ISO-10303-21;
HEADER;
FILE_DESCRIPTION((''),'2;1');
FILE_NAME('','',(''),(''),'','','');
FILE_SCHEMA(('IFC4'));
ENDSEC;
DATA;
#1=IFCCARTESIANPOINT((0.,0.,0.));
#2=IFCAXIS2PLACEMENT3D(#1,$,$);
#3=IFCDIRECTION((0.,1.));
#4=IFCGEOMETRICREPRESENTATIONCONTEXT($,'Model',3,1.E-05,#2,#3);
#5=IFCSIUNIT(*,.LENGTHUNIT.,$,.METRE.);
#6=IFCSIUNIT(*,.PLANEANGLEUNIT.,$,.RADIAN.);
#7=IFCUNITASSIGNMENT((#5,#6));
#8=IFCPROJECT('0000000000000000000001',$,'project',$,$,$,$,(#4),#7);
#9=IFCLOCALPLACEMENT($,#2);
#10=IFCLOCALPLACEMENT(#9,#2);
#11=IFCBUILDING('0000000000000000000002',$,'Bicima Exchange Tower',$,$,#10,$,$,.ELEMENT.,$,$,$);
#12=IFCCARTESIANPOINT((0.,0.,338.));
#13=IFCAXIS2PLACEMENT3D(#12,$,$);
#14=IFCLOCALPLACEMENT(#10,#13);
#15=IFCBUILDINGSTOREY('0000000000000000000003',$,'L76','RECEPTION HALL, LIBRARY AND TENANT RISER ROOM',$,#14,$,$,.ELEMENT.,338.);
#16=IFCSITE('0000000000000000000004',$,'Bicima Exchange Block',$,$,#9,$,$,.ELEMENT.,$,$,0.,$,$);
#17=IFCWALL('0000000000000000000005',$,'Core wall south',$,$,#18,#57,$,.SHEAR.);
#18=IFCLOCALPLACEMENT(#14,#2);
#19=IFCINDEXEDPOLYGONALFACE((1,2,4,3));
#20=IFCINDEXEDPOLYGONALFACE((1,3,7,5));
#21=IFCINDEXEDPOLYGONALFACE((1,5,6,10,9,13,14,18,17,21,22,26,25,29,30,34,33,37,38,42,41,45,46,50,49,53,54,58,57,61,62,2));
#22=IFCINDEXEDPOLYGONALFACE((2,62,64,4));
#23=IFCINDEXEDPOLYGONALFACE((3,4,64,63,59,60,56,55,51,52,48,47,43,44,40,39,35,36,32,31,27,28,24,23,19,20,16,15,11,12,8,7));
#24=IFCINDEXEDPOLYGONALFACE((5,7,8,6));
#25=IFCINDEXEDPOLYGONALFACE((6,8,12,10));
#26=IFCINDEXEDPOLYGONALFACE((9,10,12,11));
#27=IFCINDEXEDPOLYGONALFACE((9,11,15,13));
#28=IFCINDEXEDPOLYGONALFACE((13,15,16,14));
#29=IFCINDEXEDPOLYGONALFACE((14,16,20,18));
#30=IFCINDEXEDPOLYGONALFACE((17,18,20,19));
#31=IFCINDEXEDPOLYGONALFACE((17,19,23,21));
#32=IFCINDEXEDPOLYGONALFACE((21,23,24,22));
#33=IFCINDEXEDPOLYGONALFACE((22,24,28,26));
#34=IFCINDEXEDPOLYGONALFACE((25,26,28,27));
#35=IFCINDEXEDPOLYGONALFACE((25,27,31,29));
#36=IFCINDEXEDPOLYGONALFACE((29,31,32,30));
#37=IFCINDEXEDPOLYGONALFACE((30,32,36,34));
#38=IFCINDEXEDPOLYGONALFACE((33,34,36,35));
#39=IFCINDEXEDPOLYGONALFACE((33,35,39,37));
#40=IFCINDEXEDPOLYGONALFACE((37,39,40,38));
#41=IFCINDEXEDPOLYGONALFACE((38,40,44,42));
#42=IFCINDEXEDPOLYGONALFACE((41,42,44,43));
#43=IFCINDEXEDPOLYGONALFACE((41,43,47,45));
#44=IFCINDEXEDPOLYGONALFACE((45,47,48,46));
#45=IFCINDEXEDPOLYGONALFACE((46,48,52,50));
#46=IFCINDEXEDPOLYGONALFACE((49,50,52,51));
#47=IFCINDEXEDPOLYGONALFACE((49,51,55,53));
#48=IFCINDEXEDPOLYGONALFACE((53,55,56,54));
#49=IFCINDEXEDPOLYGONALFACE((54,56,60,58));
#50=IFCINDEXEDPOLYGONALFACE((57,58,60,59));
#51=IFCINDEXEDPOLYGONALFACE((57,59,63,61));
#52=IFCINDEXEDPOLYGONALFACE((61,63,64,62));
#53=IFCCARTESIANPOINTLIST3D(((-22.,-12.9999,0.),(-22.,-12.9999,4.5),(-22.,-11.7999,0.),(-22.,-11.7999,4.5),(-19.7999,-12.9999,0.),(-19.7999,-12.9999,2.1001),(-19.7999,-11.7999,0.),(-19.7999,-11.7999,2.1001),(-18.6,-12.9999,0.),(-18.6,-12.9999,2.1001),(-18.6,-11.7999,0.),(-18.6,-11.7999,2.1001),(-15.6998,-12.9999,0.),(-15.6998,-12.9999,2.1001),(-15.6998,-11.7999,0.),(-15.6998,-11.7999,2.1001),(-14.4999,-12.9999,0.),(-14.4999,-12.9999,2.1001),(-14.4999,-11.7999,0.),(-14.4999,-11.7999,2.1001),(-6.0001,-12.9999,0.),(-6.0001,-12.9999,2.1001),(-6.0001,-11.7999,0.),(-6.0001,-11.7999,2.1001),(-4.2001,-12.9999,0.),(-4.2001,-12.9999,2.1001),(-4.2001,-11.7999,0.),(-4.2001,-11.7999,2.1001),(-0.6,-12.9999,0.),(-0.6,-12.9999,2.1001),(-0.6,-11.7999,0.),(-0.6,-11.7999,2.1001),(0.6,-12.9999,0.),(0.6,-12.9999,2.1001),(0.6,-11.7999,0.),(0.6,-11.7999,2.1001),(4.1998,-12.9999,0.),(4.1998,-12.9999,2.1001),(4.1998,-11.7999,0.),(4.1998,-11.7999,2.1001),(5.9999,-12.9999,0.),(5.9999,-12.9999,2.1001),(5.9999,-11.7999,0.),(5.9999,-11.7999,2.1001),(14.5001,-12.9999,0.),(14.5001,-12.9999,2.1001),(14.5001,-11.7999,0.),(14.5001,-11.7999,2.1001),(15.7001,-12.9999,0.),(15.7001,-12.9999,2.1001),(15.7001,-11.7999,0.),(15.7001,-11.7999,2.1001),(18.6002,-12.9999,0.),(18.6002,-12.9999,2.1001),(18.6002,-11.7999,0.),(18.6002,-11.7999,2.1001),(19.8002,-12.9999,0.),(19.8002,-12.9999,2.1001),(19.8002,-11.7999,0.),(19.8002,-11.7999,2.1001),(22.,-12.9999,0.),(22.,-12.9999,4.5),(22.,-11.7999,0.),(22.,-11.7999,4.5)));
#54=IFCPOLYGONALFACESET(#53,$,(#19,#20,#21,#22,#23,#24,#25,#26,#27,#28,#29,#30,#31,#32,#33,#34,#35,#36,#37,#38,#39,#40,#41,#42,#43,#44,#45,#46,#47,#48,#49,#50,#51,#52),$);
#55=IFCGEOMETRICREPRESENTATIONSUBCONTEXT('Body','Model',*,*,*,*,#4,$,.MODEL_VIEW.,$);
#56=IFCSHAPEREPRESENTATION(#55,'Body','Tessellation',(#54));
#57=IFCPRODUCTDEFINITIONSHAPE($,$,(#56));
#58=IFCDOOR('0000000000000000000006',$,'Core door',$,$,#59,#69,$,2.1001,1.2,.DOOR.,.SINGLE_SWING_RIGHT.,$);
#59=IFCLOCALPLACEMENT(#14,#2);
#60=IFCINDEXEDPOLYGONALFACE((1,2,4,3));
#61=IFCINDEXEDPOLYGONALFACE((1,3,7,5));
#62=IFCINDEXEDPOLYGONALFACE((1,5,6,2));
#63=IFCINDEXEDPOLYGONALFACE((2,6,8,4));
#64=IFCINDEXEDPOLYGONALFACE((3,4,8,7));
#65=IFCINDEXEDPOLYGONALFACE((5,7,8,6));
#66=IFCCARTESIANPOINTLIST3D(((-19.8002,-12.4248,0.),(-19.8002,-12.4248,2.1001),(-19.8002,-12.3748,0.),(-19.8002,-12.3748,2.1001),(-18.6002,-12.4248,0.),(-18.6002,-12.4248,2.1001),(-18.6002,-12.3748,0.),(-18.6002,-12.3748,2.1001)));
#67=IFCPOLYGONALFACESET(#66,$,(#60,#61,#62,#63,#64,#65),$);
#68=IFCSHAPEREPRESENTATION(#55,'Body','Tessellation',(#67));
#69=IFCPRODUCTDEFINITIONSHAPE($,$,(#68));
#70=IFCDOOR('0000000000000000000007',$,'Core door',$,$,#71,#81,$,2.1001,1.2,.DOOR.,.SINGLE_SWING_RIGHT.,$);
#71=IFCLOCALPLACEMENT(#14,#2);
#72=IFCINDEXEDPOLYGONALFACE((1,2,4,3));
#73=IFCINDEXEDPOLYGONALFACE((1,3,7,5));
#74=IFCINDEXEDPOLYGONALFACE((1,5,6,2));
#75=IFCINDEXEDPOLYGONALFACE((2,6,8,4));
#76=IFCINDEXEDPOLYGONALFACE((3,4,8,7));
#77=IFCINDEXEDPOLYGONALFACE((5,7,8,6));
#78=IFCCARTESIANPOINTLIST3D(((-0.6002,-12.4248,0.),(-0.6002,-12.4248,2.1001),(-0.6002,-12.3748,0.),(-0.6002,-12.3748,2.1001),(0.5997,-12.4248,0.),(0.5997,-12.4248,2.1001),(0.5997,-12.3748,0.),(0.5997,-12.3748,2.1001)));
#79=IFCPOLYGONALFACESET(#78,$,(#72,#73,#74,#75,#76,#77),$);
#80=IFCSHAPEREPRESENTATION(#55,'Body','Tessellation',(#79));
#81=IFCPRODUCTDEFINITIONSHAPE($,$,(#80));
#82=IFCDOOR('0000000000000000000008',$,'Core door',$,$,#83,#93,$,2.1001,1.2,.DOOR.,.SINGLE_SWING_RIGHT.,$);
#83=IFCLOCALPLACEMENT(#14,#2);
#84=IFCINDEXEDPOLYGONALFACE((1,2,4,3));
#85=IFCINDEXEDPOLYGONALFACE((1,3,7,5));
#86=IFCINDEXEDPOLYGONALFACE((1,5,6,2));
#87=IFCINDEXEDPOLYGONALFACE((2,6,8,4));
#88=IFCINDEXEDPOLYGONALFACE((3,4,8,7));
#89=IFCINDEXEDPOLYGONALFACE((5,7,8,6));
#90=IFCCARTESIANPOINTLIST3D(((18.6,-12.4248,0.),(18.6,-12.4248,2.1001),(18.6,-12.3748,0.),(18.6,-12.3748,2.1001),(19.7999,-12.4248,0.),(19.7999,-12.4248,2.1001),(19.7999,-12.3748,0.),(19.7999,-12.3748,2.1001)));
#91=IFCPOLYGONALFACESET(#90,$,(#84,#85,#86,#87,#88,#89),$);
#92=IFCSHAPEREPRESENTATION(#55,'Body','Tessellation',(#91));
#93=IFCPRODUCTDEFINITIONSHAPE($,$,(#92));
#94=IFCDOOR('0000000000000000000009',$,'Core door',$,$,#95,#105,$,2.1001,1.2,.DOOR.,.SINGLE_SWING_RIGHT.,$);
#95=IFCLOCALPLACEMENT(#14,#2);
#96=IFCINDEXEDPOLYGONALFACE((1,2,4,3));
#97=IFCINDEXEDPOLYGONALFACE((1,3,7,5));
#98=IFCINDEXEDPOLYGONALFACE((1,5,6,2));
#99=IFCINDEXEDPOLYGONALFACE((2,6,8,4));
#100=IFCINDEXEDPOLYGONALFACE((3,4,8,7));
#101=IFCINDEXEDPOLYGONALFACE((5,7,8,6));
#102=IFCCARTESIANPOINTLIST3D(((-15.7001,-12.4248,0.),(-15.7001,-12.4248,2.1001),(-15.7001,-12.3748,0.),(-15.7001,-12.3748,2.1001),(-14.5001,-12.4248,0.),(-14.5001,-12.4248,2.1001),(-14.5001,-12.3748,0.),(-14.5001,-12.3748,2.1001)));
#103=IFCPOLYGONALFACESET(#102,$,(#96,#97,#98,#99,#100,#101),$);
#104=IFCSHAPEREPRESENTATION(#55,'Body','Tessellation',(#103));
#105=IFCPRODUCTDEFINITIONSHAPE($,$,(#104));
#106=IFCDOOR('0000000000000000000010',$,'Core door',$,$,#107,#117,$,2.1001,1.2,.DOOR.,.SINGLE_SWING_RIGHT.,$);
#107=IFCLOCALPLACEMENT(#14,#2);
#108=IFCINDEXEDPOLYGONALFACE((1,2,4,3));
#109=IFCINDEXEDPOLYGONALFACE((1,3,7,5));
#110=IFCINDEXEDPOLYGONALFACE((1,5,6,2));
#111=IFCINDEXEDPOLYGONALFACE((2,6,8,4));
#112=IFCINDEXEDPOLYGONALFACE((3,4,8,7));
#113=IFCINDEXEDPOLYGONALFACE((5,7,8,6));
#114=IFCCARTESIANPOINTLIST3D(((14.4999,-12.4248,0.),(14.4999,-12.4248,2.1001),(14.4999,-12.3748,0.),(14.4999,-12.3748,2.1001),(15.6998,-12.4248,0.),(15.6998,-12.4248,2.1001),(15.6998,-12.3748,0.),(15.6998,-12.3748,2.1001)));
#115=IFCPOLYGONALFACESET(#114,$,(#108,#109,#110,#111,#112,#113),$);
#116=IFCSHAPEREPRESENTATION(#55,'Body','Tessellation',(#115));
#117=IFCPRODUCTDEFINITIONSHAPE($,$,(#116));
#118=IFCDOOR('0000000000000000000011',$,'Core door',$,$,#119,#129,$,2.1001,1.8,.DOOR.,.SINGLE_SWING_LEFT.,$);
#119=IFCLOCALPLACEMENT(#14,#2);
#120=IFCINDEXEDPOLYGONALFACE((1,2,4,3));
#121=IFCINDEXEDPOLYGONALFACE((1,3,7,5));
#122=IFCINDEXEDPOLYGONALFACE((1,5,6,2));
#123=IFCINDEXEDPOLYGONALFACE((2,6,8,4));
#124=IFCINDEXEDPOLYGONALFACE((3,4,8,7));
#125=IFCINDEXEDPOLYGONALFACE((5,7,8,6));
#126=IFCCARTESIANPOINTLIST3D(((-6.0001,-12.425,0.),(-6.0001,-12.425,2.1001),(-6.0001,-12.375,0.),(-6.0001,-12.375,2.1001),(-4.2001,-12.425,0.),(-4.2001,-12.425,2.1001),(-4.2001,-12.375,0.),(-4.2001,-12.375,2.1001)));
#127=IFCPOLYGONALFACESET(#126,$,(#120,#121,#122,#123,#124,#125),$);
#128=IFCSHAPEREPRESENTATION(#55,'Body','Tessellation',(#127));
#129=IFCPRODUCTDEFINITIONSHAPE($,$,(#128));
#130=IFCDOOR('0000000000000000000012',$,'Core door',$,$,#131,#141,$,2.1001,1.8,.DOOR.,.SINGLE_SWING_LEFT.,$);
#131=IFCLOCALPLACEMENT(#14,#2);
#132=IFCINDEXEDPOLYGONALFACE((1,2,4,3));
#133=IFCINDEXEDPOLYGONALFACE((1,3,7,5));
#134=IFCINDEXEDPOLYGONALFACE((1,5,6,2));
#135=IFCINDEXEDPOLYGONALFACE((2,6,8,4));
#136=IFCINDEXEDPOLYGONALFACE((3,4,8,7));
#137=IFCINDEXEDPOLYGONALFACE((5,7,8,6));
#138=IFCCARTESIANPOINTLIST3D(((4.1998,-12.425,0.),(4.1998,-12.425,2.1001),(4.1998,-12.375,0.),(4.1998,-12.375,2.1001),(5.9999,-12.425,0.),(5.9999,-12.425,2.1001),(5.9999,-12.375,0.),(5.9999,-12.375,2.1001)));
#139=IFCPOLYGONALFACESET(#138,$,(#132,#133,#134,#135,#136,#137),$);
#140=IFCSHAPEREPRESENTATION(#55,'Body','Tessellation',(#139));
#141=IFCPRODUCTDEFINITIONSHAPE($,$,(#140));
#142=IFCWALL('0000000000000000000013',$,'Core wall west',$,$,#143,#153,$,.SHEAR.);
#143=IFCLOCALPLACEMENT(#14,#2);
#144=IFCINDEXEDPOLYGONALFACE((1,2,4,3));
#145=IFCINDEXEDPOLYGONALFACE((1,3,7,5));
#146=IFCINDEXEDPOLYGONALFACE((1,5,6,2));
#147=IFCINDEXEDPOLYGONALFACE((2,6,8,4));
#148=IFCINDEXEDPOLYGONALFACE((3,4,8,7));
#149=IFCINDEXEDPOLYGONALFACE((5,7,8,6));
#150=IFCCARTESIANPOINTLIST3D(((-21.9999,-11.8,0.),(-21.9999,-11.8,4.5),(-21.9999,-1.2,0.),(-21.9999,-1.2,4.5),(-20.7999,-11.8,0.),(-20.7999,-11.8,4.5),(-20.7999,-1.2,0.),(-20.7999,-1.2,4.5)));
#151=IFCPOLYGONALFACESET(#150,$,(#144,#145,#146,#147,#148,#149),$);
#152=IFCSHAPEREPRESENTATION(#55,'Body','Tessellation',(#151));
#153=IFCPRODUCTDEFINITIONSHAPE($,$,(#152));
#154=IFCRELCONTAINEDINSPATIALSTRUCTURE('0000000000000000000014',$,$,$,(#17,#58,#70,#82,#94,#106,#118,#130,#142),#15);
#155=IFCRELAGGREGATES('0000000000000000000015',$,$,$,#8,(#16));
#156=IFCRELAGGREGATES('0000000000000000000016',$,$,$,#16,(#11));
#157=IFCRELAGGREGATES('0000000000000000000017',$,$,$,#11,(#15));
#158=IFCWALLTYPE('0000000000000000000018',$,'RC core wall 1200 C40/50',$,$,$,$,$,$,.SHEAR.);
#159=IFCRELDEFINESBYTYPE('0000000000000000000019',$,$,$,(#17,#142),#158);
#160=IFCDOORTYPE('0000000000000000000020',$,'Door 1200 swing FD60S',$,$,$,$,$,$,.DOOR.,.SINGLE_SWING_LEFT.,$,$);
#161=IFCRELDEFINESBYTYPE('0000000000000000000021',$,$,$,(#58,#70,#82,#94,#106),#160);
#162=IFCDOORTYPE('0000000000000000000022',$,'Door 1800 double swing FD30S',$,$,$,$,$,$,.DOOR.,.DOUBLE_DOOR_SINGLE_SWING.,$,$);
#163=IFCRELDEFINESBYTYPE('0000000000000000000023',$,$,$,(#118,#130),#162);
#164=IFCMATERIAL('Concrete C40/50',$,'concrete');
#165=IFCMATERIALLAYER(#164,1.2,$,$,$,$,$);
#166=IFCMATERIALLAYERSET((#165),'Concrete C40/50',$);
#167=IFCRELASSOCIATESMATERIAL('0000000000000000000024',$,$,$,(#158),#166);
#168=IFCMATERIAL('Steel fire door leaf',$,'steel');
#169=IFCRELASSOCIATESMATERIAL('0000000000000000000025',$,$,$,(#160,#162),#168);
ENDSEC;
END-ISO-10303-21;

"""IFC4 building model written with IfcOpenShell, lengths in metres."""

from ifc_helpers import new_model, si_unit, direction, frame, frame_2d, origin, place, context, subcontext, project, spatial, rectangle, extrude, material, layer, layer_set, type_object, element, fill, save


model = new_model("IFC4")

# Units and contexts
model_context = context("Model", 3, precision=1e-05, world=origin(), true_north=direction((0.0, 1.0)))
body_context = subcontext(model_context, "Body", "Model", "MODEL_VIEW")
ifc_project = project(units=[si_unit("LENGTHUNIT", "METRE"), si_unit("PLANEANGLEUNIT", "RADIAN")], contexts=[model_context])

# Site, building, storey
site_placement = place(None, origin())
site = spatial("IfcSite", under=ifc_project, at=site_placement, Name="Bicima Exchange Block", CompositionType="ELEMENT", RefElevation=0.0)
building_placement = place(site_placement, origin())
building = spatial("IfcBuilding", under=site, at=building_placement, Name="Bicima Exchange Tower", CompositionType="ELEMENT")
storey_placement = place(building_placement, frame((0.0, 0.0, 338.0)))
storey = spatial("IfcBuildingStorey", under=building, at=storey_placement, Name="L76", Description="RECEPTION HALL, LIBRARY AND TENANT RISER ROOM", CompositionType="ELEMENT", Elevation=338.0)

# Wall, openings, doors
ifc_material_1 = material(Name="Concrete C40/50", Category="concrete")
ifc_layer_1 = layer(ifc_material_1, 1.2)
ifc_layer_set_1 = layer_set([ifc_layer_1], Name="Concrete C40/50")
wall_type_1 = type_object("IfcWallType", Name="RC core wall 1200 C40/50", PredefinedType="SHEAR", material=ifc_layer_set_1)
ifc_material_2 = material(Name="Steel fire door leaf", Category="steel")
wall_1_placement = place(storey_placement, frame((-22.0, -12.3999, 0.0), z_axis=(0.0, 0.0, 1.0), x_axis=(1.0, 0.0, 0.0)))
wall_1 = element("IfcWall", 1, at=wall_1_placement, inside=storey, type_object=wall_type_1, Name="Core wall south", PredefinedType="SHEAR", context=body_context, shape_type="SweptSolid", body=[
    extrude(rectangle(XDim=44.0, YDim=1.2, at=frame_2d((22.0, 0.0))), origin(), (0.0, 0.0, 1.0), 4.5),
])
opening_1_placement = place(wall_1_placement, frame((2.2, 0.0, 0.0)))
opening_1 = element("IfcOpeningElement", 2, at=opening_1_placement, cuts=wall_1, PredefinedType="OPENING", context=body_context, shape_type="SweptSolid", body=[
    extrude(rectangle(XDim=1.2, YDim=2.1001, at=frame_2d((0.6001, 1.05))), frame((0.0, 0.6118, 0.0), z_axis=(0.0, -1.0, 0.0), x_axis=(1.0, 0.0, 0.0)), (0.0, 0.0, 1.0), 1.2239),
])
opening_2_placement = place(wall_1_placement, frame((21.3999, 0.0, 0.0)))
opening_2 = element("IfcOpeningElement", 3, at=opening_2_placement, cuts=wall_1, PredefinedType="OPENING", context=body_context, shape_type="SweptSolid", body=[
    extrude(rectangle(XDim=1.2, YDim=2.1001, at=frame_2d((0.6001, 1.05))), frame((0.0, 0.6118, 0.0), z_axis=(0.0, -1.0, 0.0), x_axis=(1.0, 0.0, 0.0)), (0.0, 0.0, 1.0), 1.2239),
])
opening_3_placement = place(wall_1_placement, frame((40.6001, 0.0, 0.0)))
opening_3 = element("IfcOpeningElement", 4, at=opening_3_placement, cuts=wall_1, PredefinedType="OPENING", context=body_context, shape_type="SweptSolid", body=[
    extrude(rectangle(XDim=1.2, YDim=2.1001, at=frame_2d((0.6001, 1.05))), frame((0.0, 0.6118, 0.0), z_axis=(0.0, -1.0, 0.0), x_axis=(1.0, 0.0, 0.0)), (0.0, 0.0, 1.0), 1.2239),
])
opening_4_placement = place(wall_1_placement, frame((16.0, 0.0, 0.0)))
opening_4 = element("IfcOpeningElement", 5, at=opening_4_placement, cuts=wall_1, PredefinedType="OPENING", context=body_context, shape_type="SweptSolid", body=[
    extrude(rectangle(XDim=1.8, YDim=2.1001, at=frame_2d((0.8999, 1.05))), frame((0.0, 0.6118, 0.0), z_axis=(0.0, -1.0, 0.0), x_axis=(1.0, 0.0, 0.0)), (0.0, 0.0, 1.0), 1.2239),
])
opening_5_placement = place(wall_1_placement, frame((6.3, 0.0, 0.0)))
opening_5 = element("IfcOpeningElement", 6, at=opening_5_placement, cuts=wall_1, PredefinedType="OPENING", context=body_context, shape_type="SweptSolid", body=[
    extrude(rectangle(XDim=1.2, YDim=2.1001, at=frame_2d((0.6001, 1.05))), frame((0.0, 0.6118, 0.0), z_axis=(0.0, -1.0, 0.0), x_axis=(1.0, 0.0, 0.0)), (0.0, 0.0, 1.0), 1.2239),
])
opening_6_placement = place(wall_1_placement, frame((26.2, 0.0, 0.0)))
opening_6 = element("IfcOpeningElement", 7, at=opening_6_placement, cuts=wall_1, PredefinedType="OPENING", context=body_context, shape_type="SweptSolid", body=[
    extrude(rectangle(XDim=1.8, YDim=2.1001, at=frame_2d((0.8999, 1.05))), frame((0.0, 0.6118, 0.0), z_axis=(0.0, -1.0, 0.0), x_axis=(1.0, 0.0, 0.0)), (0.0, 0.0, 1.0), 1.2239),
])
opening_7_placement = place(wall_1_placement, frame((36.5, 0.0, 0.0)))
opening_7 = element("IfcOpeningElement", 8, at=opening_7_placement, cuts=wall_1, PredefinedType="OPENING", context=body_context, shape_type="SweptSolid", body=[
    extrude(rectangle(XDim=1.2, YDim=2.1001, at=frame_2d((0.6001, 1.05))), frame((0.0, 0.6118, 0.0), z_axis=(0.0, -1.0, 0.0), x_axis=(1.0, 0.0, 0.0)), (0.0, 0.0, 1.0), 1.2239),
])
door_type_1 = type_object("IfcDoorType", Name="Door 1200 swing FD60S", OperationType="SINGLE_SWING_LEFT", PredefinedType="DOOR", material=ifc_material_2)
door_1_placement = place(opening_1_placement, frame((1.2, 0.0, 0.0), z_axis=(0.0, 0.0, 1.0), x_axis=(-1.0, 0.0, 0.0)))
door_1 = element("IfcDoor", 9, at=door_1_placement, inside=storey, type_object=door_type_1, Name="Core door", OperationType="SINGLE_SWING_RIGHT", OverallHeight=2.1001, OverallWidth=1.2, PredefinedType="DOOR", context=body_context, shape_type="SweptSolid", body=[
    extrude(rectangle(XDim=1.2, YDim=2.1001, at=frame_2d((0.6001, 1.05))), frame((0.0, 0.0249, 0.0), z_axis=(0.0, -1.0, 0.0), x_axis=(1.0, 0.0, 0.0)), (0.0, 0.0, 1.0), 0.05),
])
fill(opening_1, door_1)
door_2_placement = place(opening_2_placement, frame((1.2, 0.0, 0.0), z_axis=(0.0, 0.0, 1.0), x_axis=(-1.0, 0.0, 0.0)))
door_2 = element("IfcDoor", 10, at=door_2_placement, inside=storey, type_object=door_type_1, Name="Core door", OperationType="SINGLE_SWING_RIGHT", OverallHeight=2.1001, OverallWidth=1.2, PredefinedType="DOOR", context=body_context, shape_type="SweptSolid", body=[
    extrude(rectangle(XDim=1.2, YDim=2.1001, at=frame_2d((0.6001, 1.05))), frame((0.0, 0.0249, 0.0), z_axis=(0.0, -1.0, 0.0), x_axis=(1.0, 0.0, 0.0)), (0.0, 0.0, 1.0), 0.05),
])
fill(opening_2, door_2)
door_3_placement = place(opening_3_placement, frame((1.2, 0.0, 0.0), z_axis=(0.0, 0.0, 1.0), x_axis=(-1.0, 0.0, 0.0)))
door_3 = element("IfcDoor", 11, at=door_3_placement, inside=storey, type_object=door_type_1, Name="Core door", OperationType="SINGLE_SWING_RIGHT", OverallHeight=2.1001, OverallWidth=1.2, PredefinedType="DOOR", context=body_context, shape_type="SweptSolid", body=[
    extrude(rectangle(XDim=1.2, YDim=2.1001, at=frame_2d((0.6001, 1.05))), frame((0.0, 0.0249, 0.0), z_axis=(0.0, -1.0, 0.0), x_axis=(1.0, 0.0, 0.0)), (0.0, 0.0, 1.0), 0.05),
])
fill(opening_3, door_3)
door_4_placement = place(opening_5_placement, frame((1.2, 0.0, 0.0), z_axis=(0.0, 0.0, 1.0), x_axis=(-1.0, 0.0, 0.0)))
door_4 = element("IfcDoor", 12, at=door_4_placement, inside=storey, type_object=door_type_1, Name="Core door", OperationType="SINGLE_SWING_RIGHT", OverallHeight=2.1001, OverallWidth=1.2, PredefinedType="DOOR", context=body_context, shape_type="SweptSolid", body=[
    extrude(rectangle(XDim=1.2, YDim=2.1001, at=frame_2d((0.6001, 1.05))), frame((0.0, 0.0249, 0.0), z_axis=(0.0, -1.0, 0.0), x_axis=(1.0, 0.0, 0.0)), (0.0, 0.0, 1.0), 0.05),
])
fill(opening_5, door_4)
door_5_placement = place(opening_7_placement, frame((1.2, 0.0, 0.0), z_axis=(0.0, 0.0, 1.0), x_axis=(-1.0, 0.0, 0.0)))
door_5 = element("IfcDoor", 13, at=door_5_placement, inside=storey, type_object=door_type_1, Name="Core door", OperationType="SINGLE_SWING_RIGHT", OverallHeight=2.1001, OverallWidth=1.2, PredefinedType="DOOR", context=body_context, shape_type="SweptSolid", body=[
    extrude(rectangle(XDim=1.2, YDim=2.1001, at=frame_2d((0.6001, 1.05))), frame((0.0, 0.0249, 0.0), z_axis=(0.0, -1.0, 0.0), x_axis=(1.0, 0.0, 0.0)), (0.0, 0.0, 1.0), 0.05),
])
fill(opening_7, door_5)
door_type_2 = type_object("IfcDoorType", Name="Door 1800 double swing FD30S", OperationType="DOUBLE_DOOR_SINGLE_SWING", PredefinedType="DOOR", material=ifc_material_2)
door_6_placement = place(opening_4_placement, origin())
door_6 = element("IfcDoor", 14, at=door_6_placement, inside=storey, type_object=door_type_2, Name="Core door", OperationType="SINGLE_SWING_LEFT", OverallHeight=2.1001, OverallWidth=1.8, PredefinedType="DOOR", context=body_context, shape_type="SweptSolid", body=[
    extrude(rectangle(XDim=1.8, YDim=2.1001, at=frame_2d((0.8999, 1.05))), frame((0.0, 0.0249, 0.0), z_axis=(0.0, -1.0, 0.0), x_axis=(1.0, 0.0, 0.0)), (0.0, 0.0, 1.0), 0.05),
])
fill(opening_4, door_6)
door_7_placement = place(opening_6_placement, origin())
door_7 = element("IfcDoor", 15, at=door_7_placement, inside=storey, type_object=door_type_2, Name="Core door", OperationType="SINGLE_SWING_LEFT", OverallHeight=2.1001, OverallWidth=1.8, PredefinedType="DOOR", context=body_context, shape_type="SweptSolid", body=[
    extrude(rectangle(XDim=1.8, YDim=2.1001, at=frame_2d((0.8999, 1.05))), frame((0.0, 0.0249, 0.0), z_axis=(0.0, -1.0, 0.0), x_axis=(1.0, 0.0, 0.0)), (0.0, 0.0, 1.0), 0.05),
])
fill(opening_6, door_7)

# Wall
wall_2_placement = place(storey_placement, frame((-21.3999, -11.8, 0.0), z_axis=(0.0, 0.0, 1.0), x_axis=(0.0, 1.0, 0.0)))
element("IfcWall", 16, at=wall_2_placement, inside=storey, type_object=wall_type_1, Name="Core wall west", PredefinedType="SHEAR", context=body_context, shape_type="SweptSolid", body=[
    extrude(rectangle(XDim=10.6001, YDim=1.2, at=frame_2d((5.3, 0.0))), origin(), (0.0, 0.0, 1.0), 4.5),
])

save(model, "model.ifc")
